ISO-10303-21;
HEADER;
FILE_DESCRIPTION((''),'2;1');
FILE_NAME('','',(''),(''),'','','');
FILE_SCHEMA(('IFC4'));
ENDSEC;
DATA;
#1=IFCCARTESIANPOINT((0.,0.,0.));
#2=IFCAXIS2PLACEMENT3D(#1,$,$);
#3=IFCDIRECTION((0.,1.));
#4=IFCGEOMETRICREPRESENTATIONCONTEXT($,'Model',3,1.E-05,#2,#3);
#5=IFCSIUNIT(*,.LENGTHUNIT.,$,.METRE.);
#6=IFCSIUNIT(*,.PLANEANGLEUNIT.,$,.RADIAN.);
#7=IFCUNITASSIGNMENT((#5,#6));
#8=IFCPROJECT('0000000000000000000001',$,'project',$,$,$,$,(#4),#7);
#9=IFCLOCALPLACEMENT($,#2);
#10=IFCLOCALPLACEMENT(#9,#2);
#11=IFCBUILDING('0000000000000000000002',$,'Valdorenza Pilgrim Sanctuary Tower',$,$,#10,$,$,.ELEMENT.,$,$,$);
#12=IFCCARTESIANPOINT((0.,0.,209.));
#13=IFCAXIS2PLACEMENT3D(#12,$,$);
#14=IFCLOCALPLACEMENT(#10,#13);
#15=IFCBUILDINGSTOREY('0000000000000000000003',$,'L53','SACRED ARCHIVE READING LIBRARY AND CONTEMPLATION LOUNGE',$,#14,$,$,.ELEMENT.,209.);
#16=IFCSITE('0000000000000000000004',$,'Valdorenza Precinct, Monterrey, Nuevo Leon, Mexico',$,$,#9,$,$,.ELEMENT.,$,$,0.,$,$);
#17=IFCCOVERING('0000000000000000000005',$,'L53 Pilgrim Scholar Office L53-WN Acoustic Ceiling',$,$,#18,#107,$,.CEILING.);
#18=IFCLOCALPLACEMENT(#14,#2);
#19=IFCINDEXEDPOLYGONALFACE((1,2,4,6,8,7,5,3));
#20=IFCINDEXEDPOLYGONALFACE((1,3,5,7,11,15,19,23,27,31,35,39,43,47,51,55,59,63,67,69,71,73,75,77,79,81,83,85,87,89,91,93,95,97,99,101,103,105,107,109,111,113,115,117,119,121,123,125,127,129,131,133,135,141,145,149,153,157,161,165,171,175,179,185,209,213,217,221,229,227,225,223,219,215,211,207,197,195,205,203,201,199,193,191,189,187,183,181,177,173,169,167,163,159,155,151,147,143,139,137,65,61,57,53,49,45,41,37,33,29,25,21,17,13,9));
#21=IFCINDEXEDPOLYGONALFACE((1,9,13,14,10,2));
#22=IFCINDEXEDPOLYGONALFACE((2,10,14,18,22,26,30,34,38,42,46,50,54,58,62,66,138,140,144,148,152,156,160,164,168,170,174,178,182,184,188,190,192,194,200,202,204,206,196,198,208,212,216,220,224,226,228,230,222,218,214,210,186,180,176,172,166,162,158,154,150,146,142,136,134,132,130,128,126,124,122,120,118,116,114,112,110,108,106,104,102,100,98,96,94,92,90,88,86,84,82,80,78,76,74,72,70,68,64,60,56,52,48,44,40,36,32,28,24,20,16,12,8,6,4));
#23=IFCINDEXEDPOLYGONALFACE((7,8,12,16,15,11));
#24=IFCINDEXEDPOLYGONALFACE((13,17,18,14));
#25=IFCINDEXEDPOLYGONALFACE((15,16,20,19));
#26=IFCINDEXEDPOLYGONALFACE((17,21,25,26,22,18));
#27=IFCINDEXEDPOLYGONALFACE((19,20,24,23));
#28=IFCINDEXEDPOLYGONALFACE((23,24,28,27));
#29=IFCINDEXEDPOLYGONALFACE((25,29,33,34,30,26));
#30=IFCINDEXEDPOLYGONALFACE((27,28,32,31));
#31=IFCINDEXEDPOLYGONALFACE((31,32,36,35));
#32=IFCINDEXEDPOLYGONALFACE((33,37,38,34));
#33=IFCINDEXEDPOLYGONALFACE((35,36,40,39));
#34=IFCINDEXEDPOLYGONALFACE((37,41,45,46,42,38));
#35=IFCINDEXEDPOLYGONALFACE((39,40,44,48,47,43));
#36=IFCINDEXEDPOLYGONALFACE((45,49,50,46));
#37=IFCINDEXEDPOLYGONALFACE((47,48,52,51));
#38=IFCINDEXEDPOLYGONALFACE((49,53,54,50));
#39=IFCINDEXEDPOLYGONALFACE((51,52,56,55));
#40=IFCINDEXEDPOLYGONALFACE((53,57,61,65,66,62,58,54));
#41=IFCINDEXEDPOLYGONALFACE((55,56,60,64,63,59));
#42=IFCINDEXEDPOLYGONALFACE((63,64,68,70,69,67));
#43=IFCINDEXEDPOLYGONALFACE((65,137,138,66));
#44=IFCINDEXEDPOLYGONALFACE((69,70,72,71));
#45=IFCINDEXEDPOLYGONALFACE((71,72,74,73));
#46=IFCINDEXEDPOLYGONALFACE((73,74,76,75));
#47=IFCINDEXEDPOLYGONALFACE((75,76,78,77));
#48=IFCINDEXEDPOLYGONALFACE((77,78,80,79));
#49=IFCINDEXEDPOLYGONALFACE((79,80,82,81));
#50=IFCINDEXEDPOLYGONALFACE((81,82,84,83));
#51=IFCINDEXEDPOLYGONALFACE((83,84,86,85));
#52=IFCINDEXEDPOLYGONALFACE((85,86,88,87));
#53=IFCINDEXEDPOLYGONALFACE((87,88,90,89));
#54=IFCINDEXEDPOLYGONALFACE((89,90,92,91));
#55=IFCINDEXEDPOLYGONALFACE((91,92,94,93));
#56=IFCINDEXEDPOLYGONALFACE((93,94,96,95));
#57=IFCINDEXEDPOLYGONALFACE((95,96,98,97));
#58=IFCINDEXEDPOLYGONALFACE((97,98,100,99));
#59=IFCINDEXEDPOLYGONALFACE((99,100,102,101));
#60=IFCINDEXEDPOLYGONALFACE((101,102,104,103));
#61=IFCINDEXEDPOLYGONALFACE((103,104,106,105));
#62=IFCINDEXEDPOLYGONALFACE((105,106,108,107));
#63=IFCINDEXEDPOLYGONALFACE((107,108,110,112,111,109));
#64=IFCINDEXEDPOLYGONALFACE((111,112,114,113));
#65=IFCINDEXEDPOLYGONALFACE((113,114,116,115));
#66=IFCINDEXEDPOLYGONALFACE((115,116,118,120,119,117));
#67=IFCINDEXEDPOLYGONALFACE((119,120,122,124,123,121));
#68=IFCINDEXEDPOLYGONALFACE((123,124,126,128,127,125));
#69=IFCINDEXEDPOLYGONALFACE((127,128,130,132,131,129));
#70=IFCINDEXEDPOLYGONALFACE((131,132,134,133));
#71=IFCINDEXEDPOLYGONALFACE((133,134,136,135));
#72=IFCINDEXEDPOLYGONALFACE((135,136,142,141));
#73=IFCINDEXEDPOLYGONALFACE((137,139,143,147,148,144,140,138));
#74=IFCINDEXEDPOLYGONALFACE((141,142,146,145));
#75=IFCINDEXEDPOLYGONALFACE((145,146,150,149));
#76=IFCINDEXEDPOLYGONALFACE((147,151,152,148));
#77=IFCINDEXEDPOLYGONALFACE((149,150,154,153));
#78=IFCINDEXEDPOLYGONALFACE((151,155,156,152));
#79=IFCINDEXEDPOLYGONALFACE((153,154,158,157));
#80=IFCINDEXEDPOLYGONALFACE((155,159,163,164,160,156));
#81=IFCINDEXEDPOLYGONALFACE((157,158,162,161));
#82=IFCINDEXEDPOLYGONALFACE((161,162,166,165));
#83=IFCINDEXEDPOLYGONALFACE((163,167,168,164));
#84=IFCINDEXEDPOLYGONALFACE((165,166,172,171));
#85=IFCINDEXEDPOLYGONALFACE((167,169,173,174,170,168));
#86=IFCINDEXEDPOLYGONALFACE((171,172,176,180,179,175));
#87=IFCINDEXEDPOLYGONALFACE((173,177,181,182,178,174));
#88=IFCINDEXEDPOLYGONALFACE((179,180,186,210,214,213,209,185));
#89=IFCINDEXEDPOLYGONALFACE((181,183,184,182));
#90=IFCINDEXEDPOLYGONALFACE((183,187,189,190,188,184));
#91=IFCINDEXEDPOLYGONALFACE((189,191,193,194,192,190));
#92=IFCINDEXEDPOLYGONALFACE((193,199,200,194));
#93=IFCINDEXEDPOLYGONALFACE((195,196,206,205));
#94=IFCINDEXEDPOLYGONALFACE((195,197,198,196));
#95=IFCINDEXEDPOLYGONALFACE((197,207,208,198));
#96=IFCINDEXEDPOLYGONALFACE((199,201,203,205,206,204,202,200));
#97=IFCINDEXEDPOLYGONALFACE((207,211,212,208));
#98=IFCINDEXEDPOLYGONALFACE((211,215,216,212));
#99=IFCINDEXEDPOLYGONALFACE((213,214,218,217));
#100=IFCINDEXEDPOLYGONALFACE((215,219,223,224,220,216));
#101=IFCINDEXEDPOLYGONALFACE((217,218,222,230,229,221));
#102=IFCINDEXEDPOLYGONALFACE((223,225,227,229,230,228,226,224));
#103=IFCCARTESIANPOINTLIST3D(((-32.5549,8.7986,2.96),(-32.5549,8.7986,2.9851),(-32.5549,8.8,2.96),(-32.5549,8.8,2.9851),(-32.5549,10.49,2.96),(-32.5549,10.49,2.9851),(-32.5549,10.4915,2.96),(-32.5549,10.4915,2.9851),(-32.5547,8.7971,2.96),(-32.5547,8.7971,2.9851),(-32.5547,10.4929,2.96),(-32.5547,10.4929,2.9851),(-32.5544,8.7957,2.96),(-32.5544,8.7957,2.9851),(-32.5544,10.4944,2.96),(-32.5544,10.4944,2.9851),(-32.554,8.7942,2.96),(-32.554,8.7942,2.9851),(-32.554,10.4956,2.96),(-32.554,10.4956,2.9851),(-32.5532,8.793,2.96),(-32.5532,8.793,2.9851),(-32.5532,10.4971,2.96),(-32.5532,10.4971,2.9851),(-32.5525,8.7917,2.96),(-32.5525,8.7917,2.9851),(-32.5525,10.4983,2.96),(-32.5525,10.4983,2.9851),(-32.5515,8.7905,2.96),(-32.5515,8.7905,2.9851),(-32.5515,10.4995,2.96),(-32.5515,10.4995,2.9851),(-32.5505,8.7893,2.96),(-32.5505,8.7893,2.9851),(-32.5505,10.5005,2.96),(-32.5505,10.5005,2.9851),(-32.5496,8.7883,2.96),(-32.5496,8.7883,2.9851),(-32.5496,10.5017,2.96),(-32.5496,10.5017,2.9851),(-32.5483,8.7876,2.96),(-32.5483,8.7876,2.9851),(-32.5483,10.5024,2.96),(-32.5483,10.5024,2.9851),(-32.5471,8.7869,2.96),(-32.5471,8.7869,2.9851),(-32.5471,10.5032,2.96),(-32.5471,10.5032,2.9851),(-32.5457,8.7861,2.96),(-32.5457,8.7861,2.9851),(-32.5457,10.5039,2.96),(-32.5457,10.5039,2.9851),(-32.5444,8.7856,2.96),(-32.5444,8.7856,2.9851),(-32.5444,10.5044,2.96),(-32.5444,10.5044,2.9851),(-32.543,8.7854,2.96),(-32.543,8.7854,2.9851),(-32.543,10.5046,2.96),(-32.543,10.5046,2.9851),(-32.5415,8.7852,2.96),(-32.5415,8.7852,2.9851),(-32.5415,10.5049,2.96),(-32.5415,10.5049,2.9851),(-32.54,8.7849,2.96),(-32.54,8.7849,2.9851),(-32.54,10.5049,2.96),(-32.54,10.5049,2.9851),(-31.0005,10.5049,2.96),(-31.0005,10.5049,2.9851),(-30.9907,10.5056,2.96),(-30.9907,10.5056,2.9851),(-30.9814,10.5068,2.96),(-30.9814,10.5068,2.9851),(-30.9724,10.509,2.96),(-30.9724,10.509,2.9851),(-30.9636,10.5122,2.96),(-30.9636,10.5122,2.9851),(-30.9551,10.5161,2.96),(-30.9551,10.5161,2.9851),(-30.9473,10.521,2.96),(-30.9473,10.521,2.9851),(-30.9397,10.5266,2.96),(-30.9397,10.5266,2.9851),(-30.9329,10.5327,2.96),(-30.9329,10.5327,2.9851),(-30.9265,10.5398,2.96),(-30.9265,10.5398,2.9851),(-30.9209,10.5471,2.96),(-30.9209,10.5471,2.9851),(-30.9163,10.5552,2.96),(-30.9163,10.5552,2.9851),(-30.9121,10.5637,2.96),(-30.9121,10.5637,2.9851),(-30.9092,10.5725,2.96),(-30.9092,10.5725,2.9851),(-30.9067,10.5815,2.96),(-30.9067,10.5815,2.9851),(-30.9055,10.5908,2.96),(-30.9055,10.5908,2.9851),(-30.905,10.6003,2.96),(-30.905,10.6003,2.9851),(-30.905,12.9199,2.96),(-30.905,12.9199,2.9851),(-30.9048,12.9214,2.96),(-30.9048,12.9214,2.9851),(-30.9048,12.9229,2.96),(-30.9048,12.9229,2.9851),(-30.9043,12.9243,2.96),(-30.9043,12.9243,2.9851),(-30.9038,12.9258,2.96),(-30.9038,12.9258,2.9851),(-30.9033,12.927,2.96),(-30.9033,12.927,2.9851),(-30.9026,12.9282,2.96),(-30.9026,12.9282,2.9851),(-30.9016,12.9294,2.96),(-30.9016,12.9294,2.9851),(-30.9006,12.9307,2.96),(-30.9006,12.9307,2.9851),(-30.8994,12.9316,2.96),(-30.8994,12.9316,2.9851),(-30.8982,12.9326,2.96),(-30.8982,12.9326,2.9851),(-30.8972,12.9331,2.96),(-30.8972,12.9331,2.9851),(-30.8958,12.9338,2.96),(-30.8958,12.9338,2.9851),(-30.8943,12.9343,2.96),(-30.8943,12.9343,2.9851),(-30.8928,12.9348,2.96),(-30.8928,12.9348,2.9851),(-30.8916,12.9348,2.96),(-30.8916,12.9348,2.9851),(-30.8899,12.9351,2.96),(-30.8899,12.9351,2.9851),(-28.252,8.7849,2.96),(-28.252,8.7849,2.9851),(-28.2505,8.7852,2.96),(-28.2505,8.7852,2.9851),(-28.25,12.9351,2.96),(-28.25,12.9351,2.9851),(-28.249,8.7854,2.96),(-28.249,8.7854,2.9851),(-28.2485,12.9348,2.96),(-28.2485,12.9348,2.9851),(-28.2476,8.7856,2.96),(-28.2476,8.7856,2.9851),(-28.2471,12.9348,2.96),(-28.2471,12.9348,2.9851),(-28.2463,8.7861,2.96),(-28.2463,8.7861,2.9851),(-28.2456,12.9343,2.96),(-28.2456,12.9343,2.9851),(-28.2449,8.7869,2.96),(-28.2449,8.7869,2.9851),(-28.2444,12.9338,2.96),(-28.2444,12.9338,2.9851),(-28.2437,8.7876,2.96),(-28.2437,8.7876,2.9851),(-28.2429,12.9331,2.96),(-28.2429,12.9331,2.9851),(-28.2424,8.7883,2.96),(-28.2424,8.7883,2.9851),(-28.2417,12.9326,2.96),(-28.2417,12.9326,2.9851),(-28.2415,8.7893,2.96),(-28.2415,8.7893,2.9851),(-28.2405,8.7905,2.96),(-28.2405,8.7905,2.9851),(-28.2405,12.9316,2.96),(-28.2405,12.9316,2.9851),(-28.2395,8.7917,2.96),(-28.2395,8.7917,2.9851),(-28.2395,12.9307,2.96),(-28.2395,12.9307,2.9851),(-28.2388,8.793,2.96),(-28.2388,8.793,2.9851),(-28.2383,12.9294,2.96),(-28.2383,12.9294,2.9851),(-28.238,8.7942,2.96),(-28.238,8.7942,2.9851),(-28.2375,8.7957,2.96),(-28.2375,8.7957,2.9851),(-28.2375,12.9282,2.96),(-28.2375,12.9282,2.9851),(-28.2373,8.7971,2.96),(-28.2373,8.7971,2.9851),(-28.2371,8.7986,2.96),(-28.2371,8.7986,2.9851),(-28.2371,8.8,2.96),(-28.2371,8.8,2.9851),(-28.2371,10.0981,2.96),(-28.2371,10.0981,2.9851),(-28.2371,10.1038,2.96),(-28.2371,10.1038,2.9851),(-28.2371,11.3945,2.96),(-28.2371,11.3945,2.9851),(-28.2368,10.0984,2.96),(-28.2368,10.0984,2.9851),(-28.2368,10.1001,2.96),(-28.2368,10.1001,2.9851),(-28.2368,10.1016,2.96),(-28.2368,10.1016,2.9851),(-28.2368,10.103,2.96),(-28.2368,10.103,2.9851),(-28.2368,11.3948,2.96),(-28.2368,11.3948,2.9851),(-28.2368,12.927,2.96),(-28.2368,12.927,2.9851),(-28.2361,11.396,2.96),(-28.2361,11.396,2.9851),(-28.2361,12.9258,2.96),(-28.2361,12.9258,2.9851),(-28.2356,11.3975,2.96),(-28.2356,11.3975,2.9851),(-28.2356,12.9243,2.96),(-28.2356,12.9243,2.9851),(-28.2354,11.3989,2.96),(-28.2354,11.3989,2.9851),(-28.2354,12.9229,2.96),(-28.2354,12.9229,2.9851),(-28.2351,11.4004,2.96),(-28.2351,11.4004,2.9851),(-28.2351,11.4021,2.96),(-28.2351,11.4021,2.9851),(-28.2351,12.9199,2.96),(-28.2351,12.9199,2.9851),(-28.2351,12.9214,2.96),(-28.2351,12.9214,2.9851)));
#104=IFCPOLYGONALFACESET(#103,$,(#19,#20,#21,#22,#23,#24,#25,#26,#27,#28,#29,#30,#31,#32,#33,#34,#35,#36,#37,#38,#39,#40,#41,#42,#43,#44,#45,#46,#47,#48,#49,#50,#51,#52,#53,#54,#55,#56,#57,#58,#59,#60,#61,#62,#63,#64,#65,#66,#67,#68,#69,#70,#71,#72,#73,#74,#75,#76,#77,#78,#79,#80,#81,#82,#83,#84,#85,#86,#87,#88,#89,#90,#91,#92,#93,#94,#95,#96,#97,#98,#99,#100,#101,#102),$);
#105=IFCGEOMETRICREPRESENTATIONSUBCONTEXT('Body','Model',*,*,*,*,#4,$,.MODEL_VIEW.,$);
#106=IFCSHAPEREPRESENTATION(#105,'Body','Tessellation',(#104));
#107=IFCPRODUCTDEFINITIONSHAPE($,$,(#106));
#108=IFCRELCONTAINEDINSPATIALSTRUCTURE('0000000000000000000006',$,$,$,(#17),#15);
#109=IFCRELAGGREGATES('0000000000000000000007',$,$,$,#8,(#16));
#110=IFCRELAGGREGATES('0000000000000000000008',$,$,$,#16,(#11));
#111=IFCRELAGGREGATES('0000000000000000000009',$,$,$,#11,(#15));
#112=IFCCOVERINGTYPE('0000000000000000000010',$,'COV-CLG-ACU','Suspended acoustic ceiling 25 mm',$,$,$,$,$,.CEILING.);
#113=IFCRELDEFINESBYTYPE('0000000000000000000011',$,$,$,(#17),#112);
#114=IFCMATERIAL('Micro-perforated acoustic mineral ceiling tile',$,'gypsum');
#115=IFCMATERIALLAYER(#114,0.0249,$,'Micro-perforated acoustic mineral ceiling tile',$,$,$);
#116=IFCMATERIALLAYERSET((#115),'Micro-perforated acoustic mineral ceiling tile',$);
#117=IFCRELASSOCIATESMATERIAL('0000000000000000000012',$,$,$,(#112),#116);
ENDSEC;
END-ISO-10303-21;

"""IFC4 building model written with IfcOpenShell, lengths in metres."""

from ifc_helpers import new_model, si_unit, direction, frame, origin, place, context, subcontext, project, spatial, polyline, outline, extrude, material, layer, layer_set, type_object, element, save


model = new_model("IFC4")

# Units and contexts
model_context = context("Model", 3, precision=1e-05, world=origin(), true_north=direction((0.0, 1.0)))
body_context = subcontext(model_context, "Body", "Model", "MODEL_VIEW")
ifc_project = project(units=[si_unit("LENGTHUNIT", "METRE"), si_unit("PLANEANGLEUNIT", "RADIAN")], contexts=[model_context])

# Site, building, storey
site_placement = place(None, origin())
site = spatial("IfcSite", under=ifc_project, at=site_placement, Name="Valdorenza Precinct, Monterrey, Nuevo Leon, Mexico", CompositionType="ELEMENT", RefElevation=0.0)
building_placement = place(site_placement, origin())
building = spatial("IfcBuilding", under=site, at=building_placement, Name="Valdorenza Pilgrim Sanctuary Tower", CompositionType="ELEMENT")
storey_placement = place(building_placement, frame((0.0, 0.0, 209.0)))
storey = spatial("IfcBuildingStorey", under=building, at=storey_placement, Name="L53", Description="SACRED ARCHIVE READING LIBRARY AND CONTEMPLATION LOUNGE", CompositionType="ELEMENT", Elevation=209.0)

# Covering
ifc_material_1 = material(Name="Micro-perforated acoustic mineral ceiling tile", Category="gypsum")
ifc_layer_1 = layer(ifc_material_1, 0.0249, Name="Micro-perforated acoustic mineral ceiling tile")
ifc_layer_set_1 = layer_set([ifc_layer_1], Name="Micro-perforated acoustic mineral ceiling tile")
covering_type_1 = type_object("IfcCoveringType", Name="COV-CLG-ACU", Description="Suspended acoustic ceiling 25 mm", PredefinedType="CEILING", material=ifc_layer_set_1)
covering_1_placement = place(storey_placement, frame((0.0, 0.0, 2.96)))
element("IfcCovering", 1, at=covering_1_placement, inside=storey, type_object=covering_type_1, Name="L53 Pilgrim Scholar Office L53-WN Acoustic Ceiling", PredefinedType="CEILING", context=body_context, shape_type="SweptSolid", body=[
    extrude(outline(polyline([(-28.2371, 11.3945), (-28.2371, 10.1038), (-28.2368, 10.103), (-28.2368, 10.1016), (-28.2368, 10.1001), (-28.2368, 10.0984), (-28.2371, 10.0981), (-28.2371, 8.8), (-28.2371, 8.7986), (-28.2373, 8.7971), (-28.2375, 8.7957), (-28.238, 8.7942), (-28.2388, 8.793), (-28.2395, 8.7917), (-28.2405, 8.7905), (-28.2415, 8.7893), (-28.2424, 8.7883), (-28.2437, 8.7876), (-28.2449, 8.7869), (-28.2463, 8.7861), (-28.2476, 8.7856), (-28.249, 8.7854), (-28.2505, 8.7852), (-28.252, 8.7849), (-32.54, 8.7849), (-32.5415, 8.7852), (-32.543, 8.7854), (-32.5444, 8.7856), (-32.5457, 8.7861), (-32.5471, 8.7869), (-32.5483, 8.7876), (-32.5496, 8.7883), (-32.5505, 8.7893), (-32.5515, 8.7905), (-32.5525, 8.7917), (-32.5532, 8.793), (-32.554, 8.7942), (-32.5544, 8.7957), (-32.5547, 8.7971), (-32.5549, 8.7986), (-32.5549, 8.8), (-32.5549, 10.49), (-32.5549, 10.4915), (-32.5547, 10.4929), (-32.5544, 10.4944), (-32.554, 10.4956), (-32.5532, 10.4971), (-32.5525, 10.4983), (-32.5515, 10.4995), (-32.5505, 10.5005), (-32.5496, 10.5017), (-32.5483, 10.5024), (-32.5471, 10.5032), (-32.5457, 10.5039), (-32.5444, 10.5044), (-32.543, 10.5046), (-32.5415, 10.5049), (-32.54, 10.5049), (-31.0005, 10.5049), (-30.9907, 10.5056), (-30.9814, 10.5068), (-30.9724, 10.509), (-30.9636, 10.5122), (-30.9551, 10.5161), (-30.9473, 10.521), (-30.9397, 10.5266), (-30.9329, 10.5327), (-30.9265, 10.5398), (-30.9209, 10.5471), (-30.9163, 10.5552), (-30.9121, 10.5637), (-30.9092, 10.5725), (-30.9067, 10.5815), (-30.9055, 10.5908), (-30.905, 10.6003), (-30.905, 12.9199), (-30.9048, 12.9214), (-30.9048, 12.9229), (-30.9043, 12.9243), (-30.9038, 12.9258), (-30.9033, 12.927), (-30.9026, 12.9282), (-30.9016, 12.9294), (-30.9006, 12.9307), (-30.8994, 12.9316), (-30.8982, 12.9326), (-30.8972, 12.9331), (-30.8958, 12.9338), (-30.8943, 12.9343), (-30.8928, 12.9348), (-30.8916, 12.9348), (-30.8899, 12.9351), (-28.25, 12.9351), (-28.2485, 12.9348), (-28.2471, 12.9348), (-28.2456, 12.9343), (-28.2444, 12.9338), (-28.2429, 12.9331), (-28.2417, 12.9326), (-28.2405, 12.9316), (-28.2395, 12.9307), (-28.2383, 12.9294), (-28.2375, 12.9282), (-28.2368, 12.927), (-28.2361, 12.9258), (-28.2356, 12.9243), (-28.2354, 12.9229), (-28.2351, 12.9214), (-28.2351, 12.9199), (-28.2351, 11.4021), (-28.2351, 11.4004), (-28.2354, 11.3989), (-28.2356, 11.3975), (-28.2361, 11.396), (-28.2368, 11.3948), (-28.2371, 11.3945)])), origin(), (0.0, 0.0, 1.0), 0.0251),
])

save(model, "model.ifc")
